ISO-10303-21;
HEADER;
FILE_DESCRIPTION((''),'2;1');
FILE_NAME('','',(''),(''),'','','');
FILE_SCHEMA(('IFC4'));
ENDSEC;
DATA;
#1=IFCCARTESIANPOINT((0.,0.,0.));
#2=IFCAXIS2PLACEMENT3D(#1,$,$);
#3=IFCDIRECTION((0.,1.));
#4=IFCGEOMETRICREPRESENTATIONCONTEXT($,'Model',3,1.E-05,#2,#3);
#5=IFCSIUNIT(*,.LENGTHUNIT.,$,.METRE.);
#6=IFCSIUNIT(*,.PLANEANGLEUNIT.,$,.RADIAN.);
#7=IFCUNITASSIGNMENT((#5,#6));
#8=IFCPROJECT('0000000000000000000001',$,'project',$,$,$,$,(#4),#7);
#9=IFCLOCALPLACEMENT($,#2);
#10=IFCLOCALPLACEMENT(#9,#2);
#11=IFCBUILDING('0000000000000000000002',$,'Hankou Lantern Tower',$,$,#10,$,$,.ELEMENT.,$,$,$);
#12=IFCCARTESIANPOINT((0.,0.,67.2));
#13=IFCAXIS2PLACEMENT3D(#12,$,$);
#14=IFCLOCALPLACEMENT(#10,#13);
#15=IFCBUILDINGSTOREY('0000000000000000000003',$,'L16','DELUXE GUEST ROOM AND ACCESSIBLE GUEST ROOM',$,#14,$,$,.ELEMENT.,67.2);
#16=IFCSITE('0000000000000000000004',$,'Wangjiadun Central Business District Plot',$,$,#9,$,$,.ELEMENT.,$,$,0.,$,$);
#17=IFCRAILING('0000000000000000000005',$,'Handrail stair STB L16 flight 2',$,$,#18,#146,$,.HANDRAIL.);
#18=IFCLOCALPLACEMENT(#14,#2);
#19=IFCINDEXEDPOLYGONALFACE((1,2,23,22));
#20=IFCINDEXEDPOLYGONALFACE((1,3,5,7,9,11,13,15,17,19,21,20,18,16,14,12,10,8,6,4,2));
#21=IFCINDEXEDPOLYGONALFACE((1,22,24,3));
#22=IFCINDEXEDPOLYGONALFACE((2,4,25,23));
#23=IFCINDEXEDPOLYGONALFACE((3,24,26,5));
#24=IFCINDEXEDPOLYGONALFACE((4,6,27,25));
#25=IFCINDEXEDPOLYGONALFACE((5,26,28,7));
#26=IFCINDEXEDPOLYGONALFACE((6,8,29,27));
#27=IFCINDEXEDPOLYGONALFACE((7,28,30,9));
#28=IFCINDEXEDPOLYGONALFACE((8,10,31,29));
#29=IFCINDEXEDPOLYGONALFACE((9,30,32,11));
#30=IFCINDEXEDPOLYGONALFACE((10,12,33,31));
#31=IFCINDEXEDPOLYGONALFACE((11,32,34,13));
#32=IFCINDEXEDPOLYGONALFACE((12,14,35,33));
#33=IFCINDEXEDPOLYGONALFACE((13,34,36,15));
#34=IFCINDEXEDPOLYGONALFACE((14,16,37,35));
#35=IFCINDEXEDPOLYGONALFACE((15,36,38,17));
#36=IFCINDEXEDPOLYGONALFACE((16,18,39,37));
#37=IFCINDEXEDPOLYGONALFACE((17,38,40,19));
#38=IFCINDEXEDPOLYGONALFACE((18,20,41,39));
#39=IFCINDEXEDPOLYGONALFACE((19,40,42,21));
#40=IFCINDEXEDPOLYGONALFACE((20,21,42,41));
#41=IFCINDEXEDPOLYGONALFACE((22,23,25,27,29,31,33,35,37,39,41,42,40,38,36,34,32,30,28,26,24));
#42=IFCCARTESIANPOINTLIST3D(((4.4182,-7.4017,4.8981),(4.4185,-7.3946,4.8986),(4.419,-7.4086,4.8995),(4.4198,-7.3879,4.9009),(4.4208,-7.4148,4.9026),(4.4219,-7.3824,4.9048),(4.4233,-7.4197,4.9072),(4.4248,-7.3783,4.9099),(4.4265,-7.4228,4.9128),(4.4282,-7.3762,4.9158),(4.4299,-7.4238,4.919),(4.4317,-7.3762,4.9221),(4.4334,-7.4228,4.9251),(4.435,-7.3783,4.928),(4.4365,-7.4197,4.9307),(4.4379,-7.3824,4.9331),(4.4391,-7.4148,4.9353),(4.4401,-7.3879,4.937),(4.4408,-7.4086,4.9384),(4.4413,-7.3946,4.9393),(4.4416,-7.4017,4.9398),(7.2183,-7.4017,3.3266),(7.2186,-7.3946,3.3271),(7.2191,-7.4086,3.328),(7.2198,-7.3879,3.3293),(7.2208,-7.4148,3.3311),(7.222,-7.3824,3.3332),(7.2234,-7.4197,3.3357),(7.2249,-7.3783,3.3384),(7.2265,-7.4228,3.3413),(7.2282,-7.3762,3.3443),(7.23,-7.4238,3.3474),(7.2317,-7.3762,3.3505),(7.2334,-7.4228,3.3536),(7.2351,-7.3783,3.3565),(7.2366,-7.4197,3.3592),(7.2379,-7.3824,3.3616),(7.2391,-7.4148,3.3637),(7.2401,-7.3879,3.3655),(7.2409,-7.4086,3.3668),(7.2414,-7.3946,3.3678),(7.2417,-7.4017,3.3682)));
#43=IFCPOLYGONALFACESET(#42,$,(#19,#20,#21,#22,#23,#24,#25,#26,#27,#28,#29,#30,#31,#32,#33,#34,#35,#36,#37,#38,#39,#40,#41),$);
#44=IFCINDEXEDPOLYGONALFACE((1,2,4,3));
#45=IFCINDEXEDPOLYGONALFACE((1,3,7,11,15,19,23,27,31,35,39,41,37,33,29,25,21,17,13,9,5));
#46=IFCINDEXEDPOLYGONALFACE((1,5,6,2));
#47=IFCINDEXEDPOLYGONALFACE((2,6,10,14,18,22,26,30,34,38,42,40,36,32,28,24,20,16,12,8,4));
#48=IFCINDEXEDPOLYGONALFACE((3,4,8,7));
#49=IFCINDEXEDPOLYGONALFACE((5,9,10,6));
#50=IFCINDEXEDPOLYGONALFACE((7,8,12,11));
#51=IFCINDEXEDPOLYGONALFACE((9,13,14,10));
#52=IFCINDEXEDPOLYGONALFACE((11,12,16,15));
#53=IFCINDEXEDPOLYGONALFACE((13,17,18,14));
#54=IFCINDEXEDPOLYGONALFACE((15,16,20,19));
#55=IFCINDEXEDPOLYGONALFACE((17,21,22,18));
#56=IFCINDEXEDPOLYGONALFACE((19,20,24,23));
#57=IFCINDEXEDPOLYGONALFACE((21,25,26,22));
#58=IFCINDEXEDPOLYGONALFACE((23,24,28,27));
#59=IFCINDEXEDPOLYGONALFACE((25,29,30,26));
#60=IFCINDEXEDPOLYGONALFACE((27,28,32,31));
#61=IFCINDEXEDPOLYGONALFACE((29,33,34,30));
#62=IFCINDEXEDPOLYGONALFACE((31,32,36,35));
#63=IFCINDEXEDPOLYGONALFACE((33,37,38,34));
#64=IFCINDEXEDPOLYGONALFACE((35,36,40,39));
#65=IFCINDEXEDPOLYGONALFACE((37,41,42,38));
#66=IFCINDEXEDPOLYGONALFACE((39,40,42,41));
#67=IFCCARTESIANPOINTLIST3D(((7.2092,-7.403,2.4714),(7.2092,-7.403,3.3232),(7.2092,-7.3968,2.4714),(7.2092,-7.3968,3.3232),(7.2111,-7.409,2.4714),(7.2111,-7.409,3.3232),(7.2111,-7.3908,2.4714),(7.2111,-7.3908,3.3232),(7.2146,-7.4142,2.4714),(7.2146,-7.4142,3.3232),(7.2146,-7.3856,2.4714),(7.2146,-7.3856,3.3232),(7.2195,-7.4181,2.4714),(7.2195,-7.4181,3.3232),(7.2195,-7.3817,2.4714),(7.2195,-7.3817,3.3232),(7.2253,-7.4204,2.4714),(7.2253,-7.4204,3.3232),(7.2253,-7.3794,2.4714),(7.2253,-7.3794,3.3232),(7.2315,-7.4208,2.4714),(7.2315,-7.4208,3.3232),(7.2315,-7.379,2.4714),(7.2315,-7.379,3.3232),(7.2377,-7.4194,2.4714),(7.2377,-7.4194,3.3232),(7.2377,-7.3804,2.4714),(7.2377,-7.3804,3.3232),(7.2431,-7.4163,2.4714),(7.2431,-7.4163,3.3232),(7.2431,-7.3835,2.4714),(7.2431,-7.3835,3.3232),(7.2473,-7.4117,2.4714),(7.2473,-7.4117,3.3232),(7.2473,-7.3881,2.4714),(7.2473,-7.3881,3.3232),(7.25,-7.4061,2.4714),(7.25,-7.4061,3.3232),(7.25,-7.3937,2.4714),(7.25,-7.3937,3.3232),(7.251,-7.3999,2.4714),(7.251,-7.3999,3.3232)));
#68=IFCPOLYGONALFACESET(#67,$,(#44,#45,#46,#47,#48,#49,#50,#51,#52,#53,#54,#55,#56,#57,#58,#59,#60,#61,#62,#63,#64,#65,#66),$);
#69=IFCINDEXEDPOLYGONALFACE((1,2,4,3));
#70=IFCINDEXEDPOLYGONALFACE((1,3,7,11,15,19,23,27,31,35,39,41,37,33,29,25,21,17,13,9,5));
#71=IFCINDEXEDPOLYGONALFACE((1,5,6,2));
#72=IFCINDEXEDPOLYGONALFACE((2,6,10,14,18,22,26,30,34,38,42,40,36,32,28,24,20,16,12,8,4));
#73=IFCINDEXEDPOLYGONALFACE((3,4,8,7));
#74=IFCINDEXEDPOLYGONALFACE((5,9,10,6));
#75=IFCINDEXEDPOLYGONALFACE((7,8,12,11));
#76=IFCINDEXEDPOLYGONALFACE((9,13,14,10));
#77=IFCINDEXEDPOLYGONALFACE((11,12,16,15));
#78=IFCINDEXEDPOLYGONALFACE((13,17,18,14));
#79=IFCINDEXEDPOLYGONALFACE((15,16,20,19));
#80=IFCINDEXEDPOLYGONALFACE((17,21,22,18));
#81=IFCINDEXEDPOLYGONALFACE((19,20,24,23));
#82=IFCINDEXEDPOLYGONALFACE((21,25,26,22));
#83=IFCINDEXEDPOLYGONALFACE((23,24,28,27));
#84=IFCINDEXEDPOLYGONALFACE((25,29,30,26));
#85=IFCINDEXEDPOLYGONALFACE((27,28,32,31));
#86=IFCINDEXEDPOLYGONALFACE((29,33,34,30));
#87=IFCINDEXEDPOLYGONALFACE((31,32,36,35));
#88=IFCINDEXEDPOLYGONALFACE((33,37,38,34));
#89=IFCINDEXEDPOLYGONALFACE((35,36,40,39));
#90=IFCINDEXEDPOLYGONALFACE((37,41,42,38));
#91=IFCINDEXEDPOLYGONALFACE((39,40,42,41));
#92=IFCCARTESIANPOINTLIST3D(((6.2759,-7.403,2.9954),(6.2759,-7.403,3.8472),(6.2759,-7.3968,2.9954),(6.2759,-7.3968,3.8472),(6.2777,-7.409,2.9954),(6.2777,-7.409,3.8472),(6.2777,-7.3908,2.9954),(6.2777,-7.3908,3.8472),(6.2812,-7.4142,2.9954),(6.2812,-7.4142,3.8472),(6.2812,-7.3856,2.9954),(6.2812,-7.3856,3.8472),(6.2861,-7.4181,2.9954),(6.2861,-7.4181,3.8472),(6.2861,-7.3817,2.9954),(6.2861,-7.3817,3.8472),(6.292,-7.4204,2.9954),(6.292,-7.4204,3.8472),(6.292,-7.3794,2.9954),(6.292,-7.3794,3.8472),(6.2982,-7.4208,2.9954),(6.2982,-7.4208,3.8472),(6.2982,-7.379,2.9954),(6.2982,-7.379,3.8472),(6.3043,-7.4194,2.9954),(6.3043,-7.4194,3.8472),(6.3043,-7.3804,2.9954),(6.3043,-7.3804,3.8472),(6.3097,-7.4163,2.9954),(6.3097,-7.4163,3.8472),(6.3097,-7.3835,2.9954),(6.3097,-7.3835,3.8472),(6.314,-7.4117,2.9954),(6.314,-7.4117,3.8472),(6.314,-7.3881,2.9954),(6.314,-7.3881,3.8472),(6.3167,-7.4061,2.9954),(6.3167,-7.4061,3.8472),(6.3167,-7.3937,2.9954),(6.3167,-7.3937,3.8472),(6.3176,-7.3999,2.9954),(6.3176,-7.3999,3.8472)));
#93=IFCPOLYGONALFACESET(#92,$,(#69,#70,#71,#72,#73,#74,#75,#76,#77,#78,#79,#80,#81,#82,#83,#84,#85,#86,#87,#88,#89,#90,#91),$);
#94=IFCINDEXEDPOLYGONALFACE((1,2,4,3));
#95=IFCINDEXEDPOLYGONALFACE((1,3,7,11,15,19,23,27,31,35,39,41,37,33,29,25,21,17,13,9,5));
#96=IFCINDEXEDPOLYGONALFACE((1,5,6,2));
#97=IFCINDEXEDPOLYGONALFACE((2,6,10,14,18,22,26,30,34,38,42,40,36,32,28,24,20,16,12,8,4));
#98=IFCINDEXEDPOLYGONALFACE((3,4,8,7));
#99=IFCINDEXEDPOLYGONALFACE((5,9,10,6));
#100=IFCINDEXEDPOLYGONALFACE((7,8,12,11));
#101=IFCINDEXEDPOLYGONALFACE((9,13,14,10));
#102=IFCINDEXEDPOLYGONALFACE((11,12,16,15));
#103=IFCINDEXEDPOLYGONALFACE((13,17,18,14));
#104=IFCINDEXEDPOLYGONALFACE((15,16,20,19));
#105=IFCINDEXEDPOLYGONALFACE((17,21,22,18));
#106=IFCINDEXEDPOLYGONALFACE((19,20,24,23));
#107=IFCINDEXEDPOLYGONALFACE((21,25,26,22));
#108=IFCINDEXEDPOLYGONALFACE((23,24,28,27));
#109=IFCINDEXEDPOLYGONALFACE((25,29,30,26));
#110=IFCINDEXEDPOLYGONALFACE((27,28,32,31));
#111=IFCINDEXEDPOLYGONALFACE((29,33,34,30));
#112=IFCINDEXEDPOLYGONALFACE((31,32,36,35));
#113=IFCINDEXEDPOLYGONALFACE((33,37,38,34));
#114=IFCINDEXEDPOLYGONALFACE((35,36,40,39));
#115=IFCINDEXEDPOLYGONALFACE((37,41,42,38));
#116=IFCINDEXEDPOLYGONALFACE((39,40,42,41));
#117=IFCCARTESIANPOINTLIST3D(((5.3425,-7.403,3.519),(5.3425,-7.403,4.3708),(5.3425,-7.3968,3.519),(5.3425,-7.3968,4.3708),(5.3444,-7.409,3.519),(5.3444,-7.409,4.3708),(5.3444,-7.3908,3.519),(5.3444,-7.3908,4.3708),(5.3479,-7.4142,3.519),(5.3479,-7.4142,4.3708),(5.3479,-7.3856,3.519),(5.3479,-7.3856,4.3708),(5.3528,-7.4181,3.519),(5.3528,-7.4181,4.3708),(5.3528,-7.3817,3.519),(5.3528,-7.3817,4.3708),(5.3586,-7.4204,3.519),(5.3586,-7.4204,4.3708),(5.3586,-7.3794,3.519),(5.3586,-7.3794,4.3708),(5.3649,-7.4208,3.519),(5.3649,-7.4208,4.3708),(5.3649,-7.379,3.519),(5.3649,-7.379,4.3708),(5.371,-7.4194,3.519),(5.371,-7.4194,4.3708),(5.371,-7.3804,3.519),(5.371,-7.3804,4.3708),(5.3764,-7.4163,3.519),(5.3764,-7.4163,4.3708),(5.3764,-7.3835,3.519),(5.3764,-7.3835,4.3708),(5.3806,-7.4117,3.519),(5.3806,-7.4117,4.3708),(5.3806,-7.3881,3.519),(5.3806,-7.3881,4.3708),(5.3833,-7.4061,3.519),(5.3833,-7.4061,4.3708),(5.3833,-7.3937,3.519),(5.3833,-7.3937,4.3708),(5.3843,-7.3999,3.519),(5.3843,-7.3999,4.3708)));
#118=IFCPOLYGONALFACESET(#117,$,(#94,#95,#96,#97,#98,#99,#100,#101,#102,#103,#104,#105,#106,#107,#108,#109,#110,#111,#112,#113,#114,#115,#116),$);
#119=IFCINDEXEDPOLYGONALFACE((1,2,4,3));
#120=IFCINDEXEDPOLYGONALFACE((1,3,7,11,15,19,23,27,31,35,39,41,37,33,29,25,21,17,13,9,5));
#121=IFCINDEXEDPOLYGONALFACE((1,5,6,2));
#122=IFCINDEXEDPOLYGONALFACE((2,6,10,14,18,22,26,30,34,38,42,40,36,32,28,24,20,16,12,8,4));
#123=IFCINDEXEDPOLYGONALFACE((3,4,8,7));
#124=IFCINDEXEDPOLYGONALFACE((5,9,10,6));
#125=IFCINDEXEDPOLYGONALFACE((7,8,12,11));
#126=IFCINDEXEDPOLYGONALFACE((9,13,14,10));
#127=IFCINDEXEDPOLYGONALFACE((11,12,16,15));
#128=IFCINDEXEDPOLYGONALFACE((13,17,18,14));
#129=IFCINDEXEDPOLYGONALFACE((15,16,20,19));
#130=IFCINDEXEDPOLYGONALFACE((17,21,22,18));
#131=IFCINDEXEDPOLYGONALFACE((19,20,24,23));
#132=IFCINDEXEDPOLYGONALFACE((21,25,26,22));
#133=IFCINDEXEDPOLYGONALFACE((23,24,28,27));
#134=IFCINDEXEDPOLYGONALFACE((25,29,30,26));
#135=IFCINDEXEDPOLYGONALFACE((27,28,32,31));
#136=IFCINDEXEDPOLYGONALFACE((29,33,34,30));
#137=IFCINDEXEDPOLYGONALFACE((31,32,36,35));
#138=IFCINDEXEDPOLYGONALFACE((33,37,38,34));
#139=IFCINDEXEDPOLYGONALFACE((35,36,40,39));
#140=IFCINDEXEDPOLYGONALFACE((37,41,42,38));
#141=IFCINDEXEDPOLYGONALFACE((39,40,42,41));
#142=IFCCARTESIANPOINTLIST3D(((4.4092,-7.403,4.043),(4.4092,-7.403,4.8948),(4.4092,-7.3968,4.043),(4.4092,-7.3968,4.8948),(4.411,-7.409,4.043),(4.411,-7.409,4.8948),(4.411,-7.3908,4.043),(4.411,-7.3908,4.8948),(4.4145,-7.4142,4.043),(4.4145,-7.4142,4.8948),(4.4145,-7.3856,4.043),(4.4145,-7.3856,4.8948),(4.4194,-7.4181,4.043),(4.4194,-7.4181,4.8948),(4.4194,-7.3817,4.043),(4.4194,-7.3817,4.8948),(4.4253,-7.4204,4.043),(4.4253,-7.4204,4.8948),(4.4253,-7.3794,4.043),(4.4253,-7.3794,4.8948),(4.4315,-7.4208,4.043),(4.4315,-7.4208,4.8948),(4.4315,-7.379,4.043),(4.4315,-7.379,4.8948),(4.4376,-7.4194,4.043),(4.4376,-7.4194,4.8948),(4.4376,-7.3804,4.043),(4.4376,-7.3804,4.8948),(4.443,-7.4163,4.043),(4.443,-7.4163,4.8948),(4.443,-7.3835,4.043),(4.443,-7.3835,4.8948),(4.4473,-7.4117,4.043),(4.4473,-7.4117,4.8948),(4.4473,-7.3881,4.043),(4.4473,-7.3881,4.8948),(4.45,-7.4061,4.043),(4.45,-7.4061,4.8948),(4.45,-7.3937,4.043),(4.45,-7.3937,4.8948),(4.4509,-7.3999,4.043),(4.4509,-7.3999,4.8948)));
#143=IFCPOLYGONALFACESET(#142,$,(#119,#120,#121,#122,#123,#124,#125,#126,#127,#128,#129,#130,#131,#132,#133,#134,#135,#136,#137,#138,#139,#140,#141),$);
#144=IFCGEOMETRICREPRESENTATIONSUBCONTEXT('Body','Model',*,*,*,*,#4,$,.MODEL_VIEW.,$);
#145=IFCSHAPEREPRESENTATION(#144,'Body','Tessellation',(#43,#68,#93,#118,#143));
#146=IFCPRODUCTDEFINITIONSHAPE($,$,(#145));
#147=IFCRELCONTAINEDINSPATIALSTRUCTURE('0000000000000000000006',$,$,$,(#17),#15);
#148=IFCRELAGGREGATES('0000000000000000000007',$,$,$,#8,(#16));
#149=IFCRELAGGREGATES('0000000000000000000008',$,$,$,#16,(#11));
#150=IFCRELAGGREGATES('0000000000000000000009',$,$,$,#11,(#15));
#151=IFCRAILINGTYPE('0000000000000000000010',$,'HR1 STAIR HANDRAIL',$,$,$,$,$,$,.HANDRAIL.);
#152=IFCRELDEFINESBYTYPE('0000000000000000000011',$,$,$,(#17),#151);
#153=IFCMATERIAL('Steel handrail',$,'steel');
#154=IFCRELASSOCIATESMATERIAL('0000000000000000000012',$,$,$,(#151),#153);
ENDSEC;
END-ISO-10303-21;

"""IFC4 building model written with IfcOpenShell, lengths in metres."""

from ifc_helpers import new_model, si_unit, direction, frame, origin, origin_2d, place, context, subcontext, project, spatial, circle, extrude, material, type_object, element, save


model = new_model("IFC4")

# Units and contexts
model_context = context("Model", 3, precision=1e-05, world=origin(), true_north=direction((0.0, 1.0)))
body_context = subcontext(model_context, "Body", "Model", "MODEL_VIEW")
ifc_project = project(units=[si_unit("LENGTHUNIT", "METRE"), si_unit("PLANEANGLEUNIT", "RADIAN")], contexts=[model_context])

# Site, building, storey
site_placement = place(None, origin())
site = spatial("IfcSite", under=ifc_project, at=site_placement, Name="Wangjiadun Central Business District Plot", CompositionType="ELEMENT", RefElevation=0.0)
building_placement = place(site_placement, origin())
building = spatial("IfcBuilding", under=site, at=building_placement, Name="Hankou Lantern Tower", CompositionType="ELEMENT")
storey_placement = place(building_placement, frame((0.0, 0.0, 67.2)))
storey = spatial("IfcBuildingStorey", under=building, at=storey_placement, Name="L16", Description="DELUXE GUEST ROOM AND ACCESSIBLE GUEST ROOM", CompositionType="ELEMENT", Elevation=67.2)

# Railing
ifc_material_1 = material(Name="Steel handrail", Category="steel")
railing_type = type_object("IfcRailingType", Name="HR1 STAIR HANDRAIL", PredefinedType="HANDRAIL", material=ifc_material_1)
railing_1_placement = place(storey_placement, frame((7.23, -7.3999, 2.4714)))
element("IfcRailing", 1, at=railing_1_placement, inside=storey, type_object=railing_type, Name="Handrail stair STB L16 flight 2", PredefinedType="HANDRAIL", context=body_context, shape_type="SweptSolid", body=[
    extrude(circle(Radius=0.0239, at=origin_2d()), frame((0.0, 0.0, 0.876), z_axis=(-0.87204, 0.0, 0.489434), x_axis=(0.0, -1.0, 0.0)), (0.0, 0.0, 1.0), 3.2109),
    extrude(circle(Radius=0.021, at=origin_2d()), origin(), (0.0, 0.0, 1.0), 0.8518),
    extrude(circle(Radius=0.021, at=origin_2d()), frame((-0.9333, 0.0, 0.5239)), (0.0, 0.0, 1.0), 0.8518),
    extrude(circle(Radius=0.021, at=origin_2d()), frame((-1.8667, 0.0, 1.0476)), (0.0, 0.0, 1.0), 0.8518),
    extrude(circle(Radius=0.021, at=origin_2d()), frame((-2.8, 0.0, 1.5715)), (0.0, 0.0, 1.0), 0.8518),
])

save(model, "model.ifc")
